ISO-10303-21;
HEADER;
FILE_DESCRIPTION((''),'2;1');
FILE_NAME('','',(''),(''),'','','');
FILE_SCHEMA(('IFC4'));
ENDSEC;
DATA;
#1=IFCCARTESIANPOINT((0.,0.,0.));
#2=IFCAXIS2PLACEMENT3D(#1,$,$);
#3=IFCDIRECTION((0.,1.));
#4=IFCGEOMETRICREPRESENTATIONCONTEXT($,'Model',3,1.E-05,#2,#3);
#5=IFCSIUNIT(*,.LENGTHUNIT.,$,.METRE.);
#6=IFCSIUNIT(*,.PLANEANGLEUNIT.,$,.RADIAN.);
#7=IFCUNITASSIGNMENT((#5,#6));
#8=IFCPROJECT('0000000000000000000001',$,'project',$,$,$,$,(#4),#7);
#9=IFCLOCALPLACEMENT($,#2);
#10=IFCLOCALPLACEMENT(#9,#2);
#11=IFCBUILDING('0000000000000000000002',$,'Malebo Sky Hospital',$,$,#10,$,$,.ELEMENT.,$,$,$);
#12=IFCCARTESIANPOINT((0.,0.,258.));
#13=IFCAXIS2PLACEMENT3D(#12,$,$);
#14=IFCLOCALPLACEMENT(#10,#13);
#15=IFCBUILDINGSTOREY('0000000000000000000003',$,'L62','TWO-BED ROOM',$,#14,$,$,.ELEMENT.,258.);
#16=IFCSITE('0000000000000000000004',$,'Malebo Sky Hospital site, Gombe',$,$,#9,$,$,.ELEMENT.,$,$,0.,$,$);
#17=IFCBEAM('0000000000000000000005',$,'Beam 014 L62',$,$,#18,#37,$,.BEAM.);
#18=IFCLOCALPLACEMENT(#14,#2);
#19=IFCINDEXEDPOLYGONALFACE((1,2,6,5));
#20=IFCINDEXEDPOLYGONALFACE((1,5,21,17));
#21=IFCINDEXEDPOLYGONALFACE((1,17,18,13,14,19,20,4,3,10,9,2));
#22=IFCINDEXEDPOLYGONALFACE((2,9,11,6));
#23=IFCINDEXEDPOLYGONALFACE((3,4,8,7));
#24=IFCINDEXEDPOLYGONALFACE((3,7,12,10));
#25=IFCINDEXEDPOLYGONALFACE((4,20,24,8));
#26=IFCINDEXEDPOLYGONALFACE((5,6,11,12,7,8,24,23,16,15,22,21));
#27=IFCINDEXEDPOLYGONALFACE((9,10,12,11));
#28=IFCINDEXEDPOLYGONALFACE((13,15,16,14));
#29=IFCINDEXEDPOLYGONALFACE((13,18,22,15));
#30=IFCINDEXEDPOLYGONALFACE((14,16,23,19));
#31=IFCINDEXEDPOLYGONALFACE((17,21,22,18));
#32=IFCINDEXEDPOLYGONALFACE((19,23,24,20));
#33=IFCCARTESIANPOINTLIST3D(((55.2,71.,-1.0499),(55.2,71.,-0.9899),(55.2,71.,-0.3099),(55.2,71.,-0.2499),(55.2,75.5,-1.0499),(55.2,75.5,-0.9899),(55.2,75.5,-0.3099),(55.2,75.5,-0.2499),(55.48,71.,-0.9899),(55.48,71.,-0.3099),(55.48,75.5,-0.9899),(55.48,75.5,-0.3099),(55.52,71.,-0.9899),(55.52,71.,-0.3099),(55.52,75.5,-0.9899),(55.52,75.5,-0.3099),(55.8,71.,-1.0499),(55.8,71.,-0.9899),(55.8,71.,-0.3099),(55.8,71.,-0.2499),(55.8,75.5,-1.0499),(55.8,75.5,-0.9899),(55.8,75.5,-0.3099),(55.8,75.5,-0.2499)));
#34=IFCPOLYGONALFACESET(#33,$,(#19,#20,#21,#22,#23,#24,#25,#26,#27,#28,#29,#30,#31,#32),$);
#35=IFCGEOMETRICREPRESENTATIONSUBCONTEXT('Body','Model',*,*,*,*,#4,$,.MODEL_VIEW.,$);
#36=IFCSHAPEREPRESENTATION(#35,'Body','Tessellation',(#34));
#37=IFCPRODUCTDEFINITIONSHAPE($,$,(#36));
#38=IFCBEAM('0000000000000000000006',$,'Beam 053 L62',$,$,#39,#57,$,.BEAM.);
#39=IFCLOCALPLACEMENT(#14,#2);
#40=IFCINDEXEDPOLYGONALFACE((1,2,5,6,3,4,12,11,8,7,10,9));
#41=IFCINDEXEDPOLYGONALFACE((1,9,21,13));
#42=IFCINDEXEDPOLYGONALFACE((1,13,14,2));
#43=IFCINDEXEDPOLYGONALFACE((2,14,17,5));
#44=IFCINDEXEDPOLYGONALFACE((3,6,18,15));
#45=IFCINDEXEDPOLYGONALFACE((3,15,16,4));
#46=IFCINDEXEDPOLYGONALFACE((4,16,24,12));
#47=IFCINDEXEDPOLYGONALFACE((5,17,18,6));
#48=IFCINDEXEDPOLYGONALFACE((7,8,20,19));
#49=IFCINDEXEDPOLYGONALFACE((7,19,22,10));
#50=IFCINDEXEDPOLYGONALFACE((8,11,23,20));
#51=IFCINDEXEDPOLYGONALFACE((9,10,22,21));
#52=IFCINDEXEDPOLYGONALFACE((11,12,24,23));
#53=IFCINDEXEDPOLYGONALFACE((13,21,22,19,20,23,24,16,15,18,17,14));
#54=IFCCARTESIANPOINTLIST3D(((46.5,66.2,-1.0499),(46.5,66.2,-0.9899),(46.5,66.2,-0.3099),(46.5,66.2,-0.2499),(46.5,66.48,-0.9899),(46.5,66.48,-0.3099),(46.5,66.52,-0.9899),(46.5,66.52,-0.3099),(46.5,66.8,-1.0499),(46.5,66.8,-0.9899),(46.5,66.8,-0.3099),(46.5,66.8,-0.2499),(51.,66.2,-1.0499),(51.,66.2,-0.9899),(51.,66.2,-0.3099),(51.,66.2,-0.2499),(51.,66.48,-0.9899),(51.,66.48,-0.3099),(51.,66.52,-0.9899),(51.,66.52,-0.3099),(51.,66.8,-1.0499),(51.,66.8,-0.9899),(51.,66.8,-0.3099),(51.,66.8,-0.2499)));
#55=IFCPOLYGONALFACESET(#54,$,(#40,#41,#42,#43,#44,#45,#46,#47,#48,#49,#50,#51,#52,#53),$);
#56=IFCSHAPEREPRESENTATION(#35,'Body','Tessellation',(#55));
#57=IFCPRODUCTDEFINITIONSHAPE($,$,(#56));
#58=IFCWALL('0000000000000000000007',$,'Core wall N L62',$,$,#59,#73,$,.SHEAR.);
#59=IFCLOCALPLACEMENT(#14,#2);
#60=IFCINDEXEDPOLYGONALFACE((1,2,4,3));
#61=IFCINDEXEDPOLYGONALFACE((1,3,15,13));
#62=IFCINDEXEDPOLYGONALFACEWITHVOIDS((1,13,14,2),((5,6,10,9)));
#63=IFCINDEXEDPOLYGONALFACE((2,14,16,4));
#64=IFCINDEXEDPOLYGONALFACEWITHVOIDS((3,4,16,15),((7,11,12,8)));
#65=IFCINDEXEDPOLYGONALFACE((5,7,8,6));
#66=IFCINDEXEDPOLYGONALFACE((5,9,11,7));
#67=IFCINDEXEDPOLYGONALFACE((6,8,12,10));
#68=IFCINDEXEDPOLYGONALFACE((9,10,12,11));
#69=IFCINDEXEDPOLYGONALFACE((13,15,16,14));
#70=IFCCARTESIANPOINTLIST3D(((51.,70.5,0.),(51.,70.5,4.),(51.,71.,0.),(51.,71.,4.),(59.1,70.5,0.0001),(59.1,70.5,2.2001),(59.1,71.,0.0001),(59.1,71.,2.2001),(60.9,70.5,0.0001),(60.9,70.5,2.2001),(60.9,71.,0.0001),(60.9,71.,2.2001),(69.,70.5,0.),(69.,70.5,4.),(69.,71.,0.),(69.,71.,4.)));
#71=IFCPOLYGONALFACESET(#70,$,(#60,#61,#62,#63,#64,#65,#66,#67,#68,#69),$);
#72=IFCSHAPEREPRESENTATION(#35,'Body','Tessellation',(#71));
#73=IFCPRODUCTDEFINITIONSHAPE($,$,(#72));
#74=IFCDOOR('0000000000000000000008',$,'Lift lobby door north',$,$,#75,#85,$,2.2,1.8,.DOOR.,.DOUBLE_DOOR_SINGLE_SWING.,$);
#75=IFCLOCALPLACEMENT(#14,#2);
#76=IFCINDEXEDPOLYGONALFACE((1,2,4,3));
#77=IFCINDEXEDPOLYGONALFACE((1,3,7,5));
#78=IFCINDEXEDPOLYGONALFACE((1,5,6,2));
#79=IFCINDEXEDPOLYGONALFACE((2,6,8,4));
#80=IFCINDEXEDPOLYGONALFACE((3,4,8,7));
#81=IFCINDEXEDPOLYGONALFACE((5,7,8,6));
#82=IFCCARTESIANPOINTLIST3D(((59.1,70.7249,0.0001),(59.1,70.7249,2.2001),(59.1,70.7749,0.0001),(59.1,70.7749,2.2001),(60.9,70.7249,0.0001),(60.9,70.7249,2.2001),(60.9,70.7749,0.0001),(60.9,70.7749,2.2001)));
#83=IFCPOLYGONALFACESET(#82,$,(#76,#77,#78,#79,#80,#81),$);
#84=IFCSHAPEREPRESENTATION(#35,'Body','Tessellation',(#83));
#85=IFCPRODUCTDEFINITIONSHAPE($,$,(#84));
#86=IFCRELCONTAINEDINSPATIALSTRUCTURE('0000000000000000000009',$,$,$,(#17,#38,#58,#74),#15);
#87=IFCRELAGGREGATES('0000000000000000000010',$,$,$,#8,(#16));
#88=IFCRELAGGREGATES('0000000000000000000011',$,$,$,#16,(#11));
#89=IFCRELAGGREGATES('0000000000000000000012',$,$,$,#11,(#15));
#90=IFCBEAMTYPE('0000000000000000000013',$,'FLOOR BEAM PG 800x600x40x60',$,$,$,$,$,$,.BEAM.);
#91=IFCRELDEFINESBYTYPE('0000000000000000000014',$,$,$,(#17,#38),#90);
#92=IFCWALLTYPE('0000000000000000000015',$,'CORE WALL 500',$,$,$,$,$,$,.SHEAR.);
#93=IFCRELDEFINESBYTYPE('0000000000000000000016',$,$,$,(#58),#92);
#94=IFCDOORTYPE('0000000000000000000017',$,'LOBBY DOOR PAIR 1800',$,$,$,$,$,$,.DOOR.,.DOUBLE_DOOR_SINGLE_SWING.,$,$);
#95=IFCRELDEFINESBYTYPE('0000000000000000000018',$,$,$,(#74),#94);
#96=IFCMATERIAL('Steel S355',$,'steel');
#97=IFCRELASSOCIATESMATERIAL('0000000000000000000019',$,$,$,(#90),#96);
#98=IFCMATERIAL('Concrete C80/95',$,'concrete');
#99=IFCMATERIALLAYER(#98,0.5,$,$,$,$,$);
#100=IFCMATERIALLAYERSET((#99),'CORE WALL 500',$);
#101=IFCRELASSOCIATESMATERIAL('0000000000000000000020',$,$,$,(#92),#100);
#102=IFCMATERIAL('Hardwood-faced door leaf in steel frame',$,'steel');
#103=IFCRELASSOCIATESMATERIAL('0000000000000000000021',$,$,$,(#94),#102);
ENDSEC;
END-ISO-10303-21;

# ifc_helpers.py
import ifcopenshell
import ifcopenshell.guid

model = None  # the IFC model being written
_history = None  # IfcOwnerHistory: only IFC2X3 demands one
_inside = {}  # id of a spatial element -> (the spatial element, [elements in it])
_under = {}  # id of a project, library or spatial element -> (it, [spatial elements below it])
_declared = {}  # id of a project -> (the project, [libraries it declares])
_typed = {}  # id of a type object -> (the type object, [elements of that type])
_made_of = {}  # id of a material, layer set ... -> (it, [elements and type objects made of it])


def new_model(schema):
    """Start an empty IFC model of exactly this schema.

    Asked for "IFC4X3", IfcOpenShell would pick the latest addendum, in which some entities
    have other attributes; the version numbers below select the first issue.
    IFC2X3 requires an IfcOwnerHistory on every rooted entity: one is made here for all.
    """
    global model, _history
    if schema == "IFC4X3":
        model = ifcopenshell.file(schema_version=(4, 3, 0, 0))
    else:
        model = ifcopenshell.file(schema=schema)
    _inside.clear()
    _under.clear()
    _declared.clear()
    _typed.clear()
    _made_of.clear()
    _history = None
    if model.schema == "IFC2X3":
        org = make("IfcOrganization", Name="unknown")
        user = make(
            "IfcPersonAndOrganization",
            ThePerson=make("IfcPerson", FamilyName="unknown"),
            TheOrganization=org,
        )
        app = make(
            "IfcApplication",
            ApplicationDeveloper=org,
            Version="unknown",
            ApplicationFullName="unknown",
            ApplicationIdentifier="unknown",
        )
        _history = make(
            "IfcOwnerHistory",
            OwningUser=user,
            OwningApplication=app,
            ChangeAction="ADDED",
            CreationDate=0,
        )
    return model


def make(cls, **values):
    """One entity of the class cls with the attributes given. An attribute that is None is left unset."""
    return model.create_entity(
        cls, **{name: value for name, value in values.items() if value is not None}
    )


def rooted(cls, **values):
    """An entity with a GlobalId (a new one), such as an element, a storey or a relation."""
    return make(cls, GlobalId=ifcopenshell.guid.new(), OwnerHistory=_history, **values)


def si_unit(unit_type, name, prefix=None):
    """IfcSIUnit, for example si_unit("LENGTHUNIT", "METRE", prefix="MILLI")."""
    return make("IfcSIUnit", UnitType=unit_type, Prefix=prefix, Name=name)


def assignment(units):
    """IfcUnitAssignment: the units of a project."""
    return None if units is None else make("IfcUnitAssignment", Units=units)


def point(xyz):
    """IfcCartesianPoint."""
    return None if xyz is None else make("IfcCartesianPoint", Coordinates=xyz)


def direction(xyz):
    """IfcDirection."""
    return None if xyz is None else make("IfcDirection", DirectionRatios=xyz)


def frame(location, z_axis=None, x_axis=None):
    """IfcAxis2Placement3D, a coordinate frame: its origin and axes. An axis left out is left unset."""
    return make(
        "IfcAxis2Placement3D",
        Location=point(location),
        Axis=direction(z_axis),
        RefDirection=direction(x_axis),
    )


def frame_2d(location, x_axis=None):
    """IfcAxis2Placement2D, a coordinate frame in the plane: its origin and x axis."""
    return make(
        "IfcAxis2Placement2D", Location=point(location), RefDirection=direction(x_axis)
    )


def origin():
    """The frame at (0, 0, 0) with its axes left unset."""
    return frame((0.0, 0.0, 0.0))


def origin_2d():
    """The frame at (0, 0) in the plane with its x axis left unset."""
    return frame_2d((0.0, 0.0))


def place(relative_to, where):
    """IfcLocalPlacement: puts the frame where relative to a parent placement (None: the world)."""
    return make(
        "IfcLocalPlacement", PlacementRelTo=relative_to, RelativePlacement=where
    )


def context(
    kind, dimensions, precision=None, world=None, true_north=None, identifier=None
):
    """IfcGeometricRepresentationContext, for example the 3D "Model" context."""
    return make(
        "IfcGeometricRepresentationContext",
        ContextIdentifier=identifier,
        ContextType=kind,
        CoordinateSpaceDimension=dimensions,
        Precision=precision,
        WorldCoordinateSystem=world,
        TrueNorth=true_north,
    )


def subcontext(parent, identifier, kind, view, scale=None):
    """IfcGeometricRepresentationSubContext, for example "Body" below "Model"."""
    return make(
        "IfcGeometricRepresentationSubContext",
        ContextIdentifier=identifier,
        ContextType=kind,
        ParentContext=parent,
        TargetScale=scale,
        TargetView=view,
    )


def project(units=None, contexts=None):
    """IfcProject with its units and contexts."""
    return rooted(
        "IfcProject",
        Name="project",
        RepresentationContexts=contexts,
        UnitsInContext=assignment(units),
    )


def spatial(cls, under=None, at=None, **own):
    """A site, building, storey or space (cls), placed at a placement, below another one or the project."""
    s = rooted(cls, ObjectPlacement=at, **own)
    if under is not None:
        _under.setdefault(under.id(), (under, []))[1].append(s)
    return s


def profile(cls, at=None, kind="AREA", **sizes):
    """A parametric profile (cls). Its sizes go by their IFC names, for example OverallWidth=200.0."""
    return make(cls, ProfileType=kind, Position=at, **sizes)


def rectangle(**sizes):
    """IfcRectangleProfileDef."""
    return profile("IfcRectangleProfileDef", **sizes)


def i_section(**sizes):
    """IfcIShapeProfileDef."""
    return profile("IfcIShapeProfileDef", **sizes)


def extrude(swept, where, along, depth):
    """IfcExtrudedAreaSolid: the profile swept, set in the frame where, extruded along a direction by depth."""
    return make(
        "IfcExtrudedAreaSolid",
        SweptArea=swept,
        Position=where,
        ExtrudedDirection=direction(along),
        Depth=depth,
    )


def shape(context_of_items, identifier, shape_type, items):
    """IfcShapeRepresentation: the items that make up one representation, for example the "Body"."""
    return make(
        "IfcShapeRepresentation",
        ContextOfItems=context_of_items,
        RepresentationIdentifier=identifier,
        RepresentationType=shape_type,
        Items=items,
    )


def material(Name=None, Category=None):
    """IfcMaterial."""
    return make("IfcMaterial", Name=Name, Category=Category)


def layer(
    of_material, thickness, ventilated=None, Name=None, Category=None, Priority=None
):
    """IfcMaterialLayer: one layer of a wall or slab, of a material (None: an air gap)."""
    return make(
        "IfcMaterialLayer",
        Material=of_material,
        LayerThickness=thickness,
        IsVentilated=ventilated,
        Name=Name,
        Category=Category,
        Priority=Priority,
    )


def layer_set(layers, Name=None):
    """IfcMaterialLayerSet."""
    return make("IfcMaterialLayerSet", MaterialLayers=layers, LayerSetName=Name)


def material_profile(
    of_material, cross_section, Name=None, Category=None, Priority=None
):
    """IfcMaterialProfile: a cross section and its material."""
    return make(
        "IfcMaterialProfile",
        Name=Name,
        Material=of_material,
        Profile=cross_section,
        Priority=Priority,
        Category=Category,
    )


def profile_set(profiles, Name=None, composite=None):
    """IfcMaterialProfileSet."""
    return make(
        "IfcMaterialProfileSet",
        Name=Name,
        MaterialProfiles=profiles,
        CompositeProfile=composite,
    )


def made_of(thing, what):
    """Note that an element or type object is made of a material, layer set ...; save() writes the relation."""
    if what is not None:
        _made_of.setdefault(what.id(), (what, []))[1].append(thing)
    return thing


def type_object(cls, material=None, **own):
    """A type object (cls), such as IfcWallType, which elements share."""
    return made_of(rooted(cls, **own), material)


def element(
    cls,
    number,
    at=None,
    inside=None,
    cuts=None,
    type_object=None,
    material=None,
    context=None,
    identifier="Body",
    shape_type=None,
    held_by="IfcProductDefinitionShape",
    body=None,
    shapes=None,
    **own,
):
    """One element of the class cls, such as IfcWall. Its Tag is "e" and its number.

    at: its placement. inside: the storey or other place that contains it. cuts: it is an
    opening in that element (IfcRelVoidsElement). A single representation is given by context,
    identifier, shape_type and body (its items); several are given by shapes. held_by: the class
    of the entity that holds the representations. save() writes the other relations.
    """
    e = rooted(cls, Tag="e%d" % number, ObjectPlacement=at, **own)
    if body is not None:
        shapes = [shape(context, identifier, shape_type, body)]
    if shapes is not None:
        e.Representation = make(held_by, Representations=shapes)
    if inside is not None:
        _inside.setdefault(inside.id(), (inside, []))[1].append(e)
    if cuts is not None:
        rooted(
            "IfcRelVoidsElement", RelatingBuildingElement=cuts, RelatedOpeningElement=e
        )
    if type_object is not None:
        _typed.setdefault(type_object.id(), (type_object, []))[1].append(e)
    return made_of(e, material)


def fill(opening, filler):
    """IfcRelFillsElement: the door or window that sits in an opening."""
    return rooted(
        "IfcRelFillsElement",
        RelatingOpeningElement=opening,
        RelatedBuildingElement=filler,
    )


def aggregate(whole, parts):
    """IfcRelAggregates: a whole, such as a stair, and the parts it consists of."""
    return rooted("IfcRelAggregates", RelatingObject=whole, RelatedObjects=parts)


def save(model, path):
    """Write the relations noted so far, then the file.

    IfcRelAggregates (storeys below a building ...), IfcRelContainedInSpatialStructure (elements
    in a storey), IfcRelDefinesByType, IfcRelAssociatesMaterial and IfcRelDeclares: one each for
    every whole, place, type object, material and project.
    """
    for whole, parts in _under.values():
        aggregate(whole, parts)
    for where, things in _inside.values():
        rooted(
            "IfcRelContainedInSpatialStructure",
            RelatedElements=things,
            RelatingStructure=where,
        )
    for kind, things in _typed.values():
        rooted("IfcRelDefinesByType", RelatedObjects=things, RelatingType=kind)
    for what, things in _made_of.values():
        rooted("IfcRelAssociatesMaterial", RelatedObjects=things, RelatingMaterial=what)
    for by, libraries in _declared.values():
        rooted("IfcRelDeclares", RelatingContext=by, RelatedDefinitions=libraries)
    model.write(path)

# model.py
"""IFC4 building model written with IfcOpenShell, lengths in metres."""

from ifc_helpers import new_model, si_unit, direction, frame, frame_2d, origin, origin_2d, place, context, subcontext, project, spatial, rectangle, i_section, extrude, material, layer, layer_set, material_profile, profile_set, type_object, element, fill, save


model = new_model("IFC4")

# Units and contexts
model_context = context("Model", 3, precision=1e-05, world=origin(), true_north=direction((0.0, 1.0)))
body_context = subcontext(model_context, "Body", "Model", "MODEL_VIEW")
ifc_project = project(units=[si_unit("LENGTHUNIT", "METRE"), si_unit("PLANEANGLEUNIT", "RADIAN")], contexts=[model_context])

# Site, building, storey
site_placement = place(None, origin())
site = spatial("IfcSite", under=ifc_project, at=site_placement, Name="Malebo Sky Hospital site, Gombe", CompositionType="ELEMENT", RefElevation=0.0)
building_placement = place(site_placement, origin())
building = spatial("IfcBuilding", under=site, at=building_placement, Name="Malebo Sky Hospital", CompositionType="ELEMENT")
storey_placement = place(building_placement, frame((0.0, 0.0, 258.0)))
storey = spatial("IfcBuildingStorey", under=building, at=storey_placement, Name="L62", Description="TWO-BED ROOM", CompositionType="ELEMENT", Elevation=258.0)

# Beams
ifc_material_1 = material(Name="Steel S355", Category="steel")
ifc_material_profile = material_profile(ifc_material_1, i_section(OverallWidth=0.6001, OverallDepth=0.8, WebThickness=0.04, FlangeThickness=0.0601, at=origin_2d()), Name="PG 800x600x40x60")
ifc_profile_set = profile_set([ifc_material_profile], Name="Steel S355")
beam_type = type_object("IfcBeamType", Name="FLOOR BEAM PG 800x600x40x60", PredefinedType="BEAM", material=ifc_profile_set)
for number, where, z_axis, x_axis, name in (
    (1, (55.5, 71.0, -0.6499), (0.0, 1.0, 0.0), (-1.0, 0.0, 0.0), "Beam 014 L62"),
    (2, (46.5, 66.5, -0.6499), (1.0, 0.0, 0.0), (0.0, 1.0, 0.0), "Beam 053 L62"),
):
    element("IfcBeam", number, at=place(storey_placement, frame(where, z_axis=z_axis, x_axis=x_axis)), inside=storey, type_object=beam_type, Name=name, PredefinedType="BEAM", context=body_context, shape_type="SweptSolid", body=[
        extrude(i_section(OverallWidth=0.6001, OverallDepth=0.8, WebThickness=0.04, FlangeThickness=0.0601, at=origin_2d()), origin(), (0.0, 0.0, 1.0), 4.5),
    ])

# Wall, opening, door
ifc_material_2 = material(Name="Concrete C80/95", Category="concrete")
ifc_layer_1 = layer(ifc_material_2, 0.5)
ifc_layer_set_1 = layer_set([ifc_layer_1], Name="CORE WALL 500")
wall_type_1 = type_object("IfcWallType", Name="CORE WALL 500", PredefinedType="SHEAR", material=ifc_layer_set_1)
wall_1_placement = place(storey_placement, frame((51.0, 70.75, 0.0), z_axis=(0.0, 0.0, 1.0), x_axis=(1.0, 0.0, 0.0)))
wall_1 = element("IfcWall", 3, at=wall_1_placement, inside=storey, type_object=wall_type_1, Name="Core wall N L62", PredefinedType="SHEAR", context=body_context, shape_type="SweptSolid", body=[
    extrude(rectangle(XDim=18.0, YDim=0.5, at=frame_2d((9.0, 0.0))), origin(), (0.0, 0.0, 1.0), 4.0),
])
opening_1_placement = place(wall_1_placement, frame((8.1001, 0.0, 0.0)))
opening_1 = element("IfcOpeningElement", 4, at=opening_1_placement, cuts=wall_1, PredefinedType="OPENING", context=body_context, shape_type="SweptSolid", body=[
    extrude(rectangle(XDim=1.8, YDim=2.2, at=frame_2d((0.8999, 1.1001))), frame((0.0, 0.26, 0.0), z_axis=(0.0, -1.0, 0.0), x_axis=(1.0, 0.0, 0.0)), (0.0, 0.0, 1.0), 0.52),
])
ifc_material_3 = material(Name="Hardwood-faced door leaf in steel frame", Category="steel")
door_type_1 = type_object("IfcDoorType", Name="LOBBY DOOR PAIR 1800", OperationType="DOUBLE_DOOR_SINGLE_SWING", PredefinedType="DOOR", material=ifc_material_3)
door_1_placement = place(opening_1_placement, origin())
door_1 = element("IfcDoor", 5, at=door_1_placement, inside=storey, type_object=door_type_1, Name="Lift lobby door north", OperationType="DOUBLE_DOOR_SINGLE_SWING", OverallHeight=2.2, OverallWidth=1.8, PredefinedType="DOOR", context=body_context, shape_type="SweptSolid", body=[
    extrude(rectangle(XDim=1.8, YDim=2.2, at=frame_2d((0.8999, 1.1001))), frame((0.0, 0.0249, 0.0), z_axis=(0.0, -1.0, 0.0), x_axis=(1.0, 0.0, 0.0)), (0.0, 0.0, 1.0), 0.05),
])
fill(opening_1, door_1)

save(model, "model.ifc")
